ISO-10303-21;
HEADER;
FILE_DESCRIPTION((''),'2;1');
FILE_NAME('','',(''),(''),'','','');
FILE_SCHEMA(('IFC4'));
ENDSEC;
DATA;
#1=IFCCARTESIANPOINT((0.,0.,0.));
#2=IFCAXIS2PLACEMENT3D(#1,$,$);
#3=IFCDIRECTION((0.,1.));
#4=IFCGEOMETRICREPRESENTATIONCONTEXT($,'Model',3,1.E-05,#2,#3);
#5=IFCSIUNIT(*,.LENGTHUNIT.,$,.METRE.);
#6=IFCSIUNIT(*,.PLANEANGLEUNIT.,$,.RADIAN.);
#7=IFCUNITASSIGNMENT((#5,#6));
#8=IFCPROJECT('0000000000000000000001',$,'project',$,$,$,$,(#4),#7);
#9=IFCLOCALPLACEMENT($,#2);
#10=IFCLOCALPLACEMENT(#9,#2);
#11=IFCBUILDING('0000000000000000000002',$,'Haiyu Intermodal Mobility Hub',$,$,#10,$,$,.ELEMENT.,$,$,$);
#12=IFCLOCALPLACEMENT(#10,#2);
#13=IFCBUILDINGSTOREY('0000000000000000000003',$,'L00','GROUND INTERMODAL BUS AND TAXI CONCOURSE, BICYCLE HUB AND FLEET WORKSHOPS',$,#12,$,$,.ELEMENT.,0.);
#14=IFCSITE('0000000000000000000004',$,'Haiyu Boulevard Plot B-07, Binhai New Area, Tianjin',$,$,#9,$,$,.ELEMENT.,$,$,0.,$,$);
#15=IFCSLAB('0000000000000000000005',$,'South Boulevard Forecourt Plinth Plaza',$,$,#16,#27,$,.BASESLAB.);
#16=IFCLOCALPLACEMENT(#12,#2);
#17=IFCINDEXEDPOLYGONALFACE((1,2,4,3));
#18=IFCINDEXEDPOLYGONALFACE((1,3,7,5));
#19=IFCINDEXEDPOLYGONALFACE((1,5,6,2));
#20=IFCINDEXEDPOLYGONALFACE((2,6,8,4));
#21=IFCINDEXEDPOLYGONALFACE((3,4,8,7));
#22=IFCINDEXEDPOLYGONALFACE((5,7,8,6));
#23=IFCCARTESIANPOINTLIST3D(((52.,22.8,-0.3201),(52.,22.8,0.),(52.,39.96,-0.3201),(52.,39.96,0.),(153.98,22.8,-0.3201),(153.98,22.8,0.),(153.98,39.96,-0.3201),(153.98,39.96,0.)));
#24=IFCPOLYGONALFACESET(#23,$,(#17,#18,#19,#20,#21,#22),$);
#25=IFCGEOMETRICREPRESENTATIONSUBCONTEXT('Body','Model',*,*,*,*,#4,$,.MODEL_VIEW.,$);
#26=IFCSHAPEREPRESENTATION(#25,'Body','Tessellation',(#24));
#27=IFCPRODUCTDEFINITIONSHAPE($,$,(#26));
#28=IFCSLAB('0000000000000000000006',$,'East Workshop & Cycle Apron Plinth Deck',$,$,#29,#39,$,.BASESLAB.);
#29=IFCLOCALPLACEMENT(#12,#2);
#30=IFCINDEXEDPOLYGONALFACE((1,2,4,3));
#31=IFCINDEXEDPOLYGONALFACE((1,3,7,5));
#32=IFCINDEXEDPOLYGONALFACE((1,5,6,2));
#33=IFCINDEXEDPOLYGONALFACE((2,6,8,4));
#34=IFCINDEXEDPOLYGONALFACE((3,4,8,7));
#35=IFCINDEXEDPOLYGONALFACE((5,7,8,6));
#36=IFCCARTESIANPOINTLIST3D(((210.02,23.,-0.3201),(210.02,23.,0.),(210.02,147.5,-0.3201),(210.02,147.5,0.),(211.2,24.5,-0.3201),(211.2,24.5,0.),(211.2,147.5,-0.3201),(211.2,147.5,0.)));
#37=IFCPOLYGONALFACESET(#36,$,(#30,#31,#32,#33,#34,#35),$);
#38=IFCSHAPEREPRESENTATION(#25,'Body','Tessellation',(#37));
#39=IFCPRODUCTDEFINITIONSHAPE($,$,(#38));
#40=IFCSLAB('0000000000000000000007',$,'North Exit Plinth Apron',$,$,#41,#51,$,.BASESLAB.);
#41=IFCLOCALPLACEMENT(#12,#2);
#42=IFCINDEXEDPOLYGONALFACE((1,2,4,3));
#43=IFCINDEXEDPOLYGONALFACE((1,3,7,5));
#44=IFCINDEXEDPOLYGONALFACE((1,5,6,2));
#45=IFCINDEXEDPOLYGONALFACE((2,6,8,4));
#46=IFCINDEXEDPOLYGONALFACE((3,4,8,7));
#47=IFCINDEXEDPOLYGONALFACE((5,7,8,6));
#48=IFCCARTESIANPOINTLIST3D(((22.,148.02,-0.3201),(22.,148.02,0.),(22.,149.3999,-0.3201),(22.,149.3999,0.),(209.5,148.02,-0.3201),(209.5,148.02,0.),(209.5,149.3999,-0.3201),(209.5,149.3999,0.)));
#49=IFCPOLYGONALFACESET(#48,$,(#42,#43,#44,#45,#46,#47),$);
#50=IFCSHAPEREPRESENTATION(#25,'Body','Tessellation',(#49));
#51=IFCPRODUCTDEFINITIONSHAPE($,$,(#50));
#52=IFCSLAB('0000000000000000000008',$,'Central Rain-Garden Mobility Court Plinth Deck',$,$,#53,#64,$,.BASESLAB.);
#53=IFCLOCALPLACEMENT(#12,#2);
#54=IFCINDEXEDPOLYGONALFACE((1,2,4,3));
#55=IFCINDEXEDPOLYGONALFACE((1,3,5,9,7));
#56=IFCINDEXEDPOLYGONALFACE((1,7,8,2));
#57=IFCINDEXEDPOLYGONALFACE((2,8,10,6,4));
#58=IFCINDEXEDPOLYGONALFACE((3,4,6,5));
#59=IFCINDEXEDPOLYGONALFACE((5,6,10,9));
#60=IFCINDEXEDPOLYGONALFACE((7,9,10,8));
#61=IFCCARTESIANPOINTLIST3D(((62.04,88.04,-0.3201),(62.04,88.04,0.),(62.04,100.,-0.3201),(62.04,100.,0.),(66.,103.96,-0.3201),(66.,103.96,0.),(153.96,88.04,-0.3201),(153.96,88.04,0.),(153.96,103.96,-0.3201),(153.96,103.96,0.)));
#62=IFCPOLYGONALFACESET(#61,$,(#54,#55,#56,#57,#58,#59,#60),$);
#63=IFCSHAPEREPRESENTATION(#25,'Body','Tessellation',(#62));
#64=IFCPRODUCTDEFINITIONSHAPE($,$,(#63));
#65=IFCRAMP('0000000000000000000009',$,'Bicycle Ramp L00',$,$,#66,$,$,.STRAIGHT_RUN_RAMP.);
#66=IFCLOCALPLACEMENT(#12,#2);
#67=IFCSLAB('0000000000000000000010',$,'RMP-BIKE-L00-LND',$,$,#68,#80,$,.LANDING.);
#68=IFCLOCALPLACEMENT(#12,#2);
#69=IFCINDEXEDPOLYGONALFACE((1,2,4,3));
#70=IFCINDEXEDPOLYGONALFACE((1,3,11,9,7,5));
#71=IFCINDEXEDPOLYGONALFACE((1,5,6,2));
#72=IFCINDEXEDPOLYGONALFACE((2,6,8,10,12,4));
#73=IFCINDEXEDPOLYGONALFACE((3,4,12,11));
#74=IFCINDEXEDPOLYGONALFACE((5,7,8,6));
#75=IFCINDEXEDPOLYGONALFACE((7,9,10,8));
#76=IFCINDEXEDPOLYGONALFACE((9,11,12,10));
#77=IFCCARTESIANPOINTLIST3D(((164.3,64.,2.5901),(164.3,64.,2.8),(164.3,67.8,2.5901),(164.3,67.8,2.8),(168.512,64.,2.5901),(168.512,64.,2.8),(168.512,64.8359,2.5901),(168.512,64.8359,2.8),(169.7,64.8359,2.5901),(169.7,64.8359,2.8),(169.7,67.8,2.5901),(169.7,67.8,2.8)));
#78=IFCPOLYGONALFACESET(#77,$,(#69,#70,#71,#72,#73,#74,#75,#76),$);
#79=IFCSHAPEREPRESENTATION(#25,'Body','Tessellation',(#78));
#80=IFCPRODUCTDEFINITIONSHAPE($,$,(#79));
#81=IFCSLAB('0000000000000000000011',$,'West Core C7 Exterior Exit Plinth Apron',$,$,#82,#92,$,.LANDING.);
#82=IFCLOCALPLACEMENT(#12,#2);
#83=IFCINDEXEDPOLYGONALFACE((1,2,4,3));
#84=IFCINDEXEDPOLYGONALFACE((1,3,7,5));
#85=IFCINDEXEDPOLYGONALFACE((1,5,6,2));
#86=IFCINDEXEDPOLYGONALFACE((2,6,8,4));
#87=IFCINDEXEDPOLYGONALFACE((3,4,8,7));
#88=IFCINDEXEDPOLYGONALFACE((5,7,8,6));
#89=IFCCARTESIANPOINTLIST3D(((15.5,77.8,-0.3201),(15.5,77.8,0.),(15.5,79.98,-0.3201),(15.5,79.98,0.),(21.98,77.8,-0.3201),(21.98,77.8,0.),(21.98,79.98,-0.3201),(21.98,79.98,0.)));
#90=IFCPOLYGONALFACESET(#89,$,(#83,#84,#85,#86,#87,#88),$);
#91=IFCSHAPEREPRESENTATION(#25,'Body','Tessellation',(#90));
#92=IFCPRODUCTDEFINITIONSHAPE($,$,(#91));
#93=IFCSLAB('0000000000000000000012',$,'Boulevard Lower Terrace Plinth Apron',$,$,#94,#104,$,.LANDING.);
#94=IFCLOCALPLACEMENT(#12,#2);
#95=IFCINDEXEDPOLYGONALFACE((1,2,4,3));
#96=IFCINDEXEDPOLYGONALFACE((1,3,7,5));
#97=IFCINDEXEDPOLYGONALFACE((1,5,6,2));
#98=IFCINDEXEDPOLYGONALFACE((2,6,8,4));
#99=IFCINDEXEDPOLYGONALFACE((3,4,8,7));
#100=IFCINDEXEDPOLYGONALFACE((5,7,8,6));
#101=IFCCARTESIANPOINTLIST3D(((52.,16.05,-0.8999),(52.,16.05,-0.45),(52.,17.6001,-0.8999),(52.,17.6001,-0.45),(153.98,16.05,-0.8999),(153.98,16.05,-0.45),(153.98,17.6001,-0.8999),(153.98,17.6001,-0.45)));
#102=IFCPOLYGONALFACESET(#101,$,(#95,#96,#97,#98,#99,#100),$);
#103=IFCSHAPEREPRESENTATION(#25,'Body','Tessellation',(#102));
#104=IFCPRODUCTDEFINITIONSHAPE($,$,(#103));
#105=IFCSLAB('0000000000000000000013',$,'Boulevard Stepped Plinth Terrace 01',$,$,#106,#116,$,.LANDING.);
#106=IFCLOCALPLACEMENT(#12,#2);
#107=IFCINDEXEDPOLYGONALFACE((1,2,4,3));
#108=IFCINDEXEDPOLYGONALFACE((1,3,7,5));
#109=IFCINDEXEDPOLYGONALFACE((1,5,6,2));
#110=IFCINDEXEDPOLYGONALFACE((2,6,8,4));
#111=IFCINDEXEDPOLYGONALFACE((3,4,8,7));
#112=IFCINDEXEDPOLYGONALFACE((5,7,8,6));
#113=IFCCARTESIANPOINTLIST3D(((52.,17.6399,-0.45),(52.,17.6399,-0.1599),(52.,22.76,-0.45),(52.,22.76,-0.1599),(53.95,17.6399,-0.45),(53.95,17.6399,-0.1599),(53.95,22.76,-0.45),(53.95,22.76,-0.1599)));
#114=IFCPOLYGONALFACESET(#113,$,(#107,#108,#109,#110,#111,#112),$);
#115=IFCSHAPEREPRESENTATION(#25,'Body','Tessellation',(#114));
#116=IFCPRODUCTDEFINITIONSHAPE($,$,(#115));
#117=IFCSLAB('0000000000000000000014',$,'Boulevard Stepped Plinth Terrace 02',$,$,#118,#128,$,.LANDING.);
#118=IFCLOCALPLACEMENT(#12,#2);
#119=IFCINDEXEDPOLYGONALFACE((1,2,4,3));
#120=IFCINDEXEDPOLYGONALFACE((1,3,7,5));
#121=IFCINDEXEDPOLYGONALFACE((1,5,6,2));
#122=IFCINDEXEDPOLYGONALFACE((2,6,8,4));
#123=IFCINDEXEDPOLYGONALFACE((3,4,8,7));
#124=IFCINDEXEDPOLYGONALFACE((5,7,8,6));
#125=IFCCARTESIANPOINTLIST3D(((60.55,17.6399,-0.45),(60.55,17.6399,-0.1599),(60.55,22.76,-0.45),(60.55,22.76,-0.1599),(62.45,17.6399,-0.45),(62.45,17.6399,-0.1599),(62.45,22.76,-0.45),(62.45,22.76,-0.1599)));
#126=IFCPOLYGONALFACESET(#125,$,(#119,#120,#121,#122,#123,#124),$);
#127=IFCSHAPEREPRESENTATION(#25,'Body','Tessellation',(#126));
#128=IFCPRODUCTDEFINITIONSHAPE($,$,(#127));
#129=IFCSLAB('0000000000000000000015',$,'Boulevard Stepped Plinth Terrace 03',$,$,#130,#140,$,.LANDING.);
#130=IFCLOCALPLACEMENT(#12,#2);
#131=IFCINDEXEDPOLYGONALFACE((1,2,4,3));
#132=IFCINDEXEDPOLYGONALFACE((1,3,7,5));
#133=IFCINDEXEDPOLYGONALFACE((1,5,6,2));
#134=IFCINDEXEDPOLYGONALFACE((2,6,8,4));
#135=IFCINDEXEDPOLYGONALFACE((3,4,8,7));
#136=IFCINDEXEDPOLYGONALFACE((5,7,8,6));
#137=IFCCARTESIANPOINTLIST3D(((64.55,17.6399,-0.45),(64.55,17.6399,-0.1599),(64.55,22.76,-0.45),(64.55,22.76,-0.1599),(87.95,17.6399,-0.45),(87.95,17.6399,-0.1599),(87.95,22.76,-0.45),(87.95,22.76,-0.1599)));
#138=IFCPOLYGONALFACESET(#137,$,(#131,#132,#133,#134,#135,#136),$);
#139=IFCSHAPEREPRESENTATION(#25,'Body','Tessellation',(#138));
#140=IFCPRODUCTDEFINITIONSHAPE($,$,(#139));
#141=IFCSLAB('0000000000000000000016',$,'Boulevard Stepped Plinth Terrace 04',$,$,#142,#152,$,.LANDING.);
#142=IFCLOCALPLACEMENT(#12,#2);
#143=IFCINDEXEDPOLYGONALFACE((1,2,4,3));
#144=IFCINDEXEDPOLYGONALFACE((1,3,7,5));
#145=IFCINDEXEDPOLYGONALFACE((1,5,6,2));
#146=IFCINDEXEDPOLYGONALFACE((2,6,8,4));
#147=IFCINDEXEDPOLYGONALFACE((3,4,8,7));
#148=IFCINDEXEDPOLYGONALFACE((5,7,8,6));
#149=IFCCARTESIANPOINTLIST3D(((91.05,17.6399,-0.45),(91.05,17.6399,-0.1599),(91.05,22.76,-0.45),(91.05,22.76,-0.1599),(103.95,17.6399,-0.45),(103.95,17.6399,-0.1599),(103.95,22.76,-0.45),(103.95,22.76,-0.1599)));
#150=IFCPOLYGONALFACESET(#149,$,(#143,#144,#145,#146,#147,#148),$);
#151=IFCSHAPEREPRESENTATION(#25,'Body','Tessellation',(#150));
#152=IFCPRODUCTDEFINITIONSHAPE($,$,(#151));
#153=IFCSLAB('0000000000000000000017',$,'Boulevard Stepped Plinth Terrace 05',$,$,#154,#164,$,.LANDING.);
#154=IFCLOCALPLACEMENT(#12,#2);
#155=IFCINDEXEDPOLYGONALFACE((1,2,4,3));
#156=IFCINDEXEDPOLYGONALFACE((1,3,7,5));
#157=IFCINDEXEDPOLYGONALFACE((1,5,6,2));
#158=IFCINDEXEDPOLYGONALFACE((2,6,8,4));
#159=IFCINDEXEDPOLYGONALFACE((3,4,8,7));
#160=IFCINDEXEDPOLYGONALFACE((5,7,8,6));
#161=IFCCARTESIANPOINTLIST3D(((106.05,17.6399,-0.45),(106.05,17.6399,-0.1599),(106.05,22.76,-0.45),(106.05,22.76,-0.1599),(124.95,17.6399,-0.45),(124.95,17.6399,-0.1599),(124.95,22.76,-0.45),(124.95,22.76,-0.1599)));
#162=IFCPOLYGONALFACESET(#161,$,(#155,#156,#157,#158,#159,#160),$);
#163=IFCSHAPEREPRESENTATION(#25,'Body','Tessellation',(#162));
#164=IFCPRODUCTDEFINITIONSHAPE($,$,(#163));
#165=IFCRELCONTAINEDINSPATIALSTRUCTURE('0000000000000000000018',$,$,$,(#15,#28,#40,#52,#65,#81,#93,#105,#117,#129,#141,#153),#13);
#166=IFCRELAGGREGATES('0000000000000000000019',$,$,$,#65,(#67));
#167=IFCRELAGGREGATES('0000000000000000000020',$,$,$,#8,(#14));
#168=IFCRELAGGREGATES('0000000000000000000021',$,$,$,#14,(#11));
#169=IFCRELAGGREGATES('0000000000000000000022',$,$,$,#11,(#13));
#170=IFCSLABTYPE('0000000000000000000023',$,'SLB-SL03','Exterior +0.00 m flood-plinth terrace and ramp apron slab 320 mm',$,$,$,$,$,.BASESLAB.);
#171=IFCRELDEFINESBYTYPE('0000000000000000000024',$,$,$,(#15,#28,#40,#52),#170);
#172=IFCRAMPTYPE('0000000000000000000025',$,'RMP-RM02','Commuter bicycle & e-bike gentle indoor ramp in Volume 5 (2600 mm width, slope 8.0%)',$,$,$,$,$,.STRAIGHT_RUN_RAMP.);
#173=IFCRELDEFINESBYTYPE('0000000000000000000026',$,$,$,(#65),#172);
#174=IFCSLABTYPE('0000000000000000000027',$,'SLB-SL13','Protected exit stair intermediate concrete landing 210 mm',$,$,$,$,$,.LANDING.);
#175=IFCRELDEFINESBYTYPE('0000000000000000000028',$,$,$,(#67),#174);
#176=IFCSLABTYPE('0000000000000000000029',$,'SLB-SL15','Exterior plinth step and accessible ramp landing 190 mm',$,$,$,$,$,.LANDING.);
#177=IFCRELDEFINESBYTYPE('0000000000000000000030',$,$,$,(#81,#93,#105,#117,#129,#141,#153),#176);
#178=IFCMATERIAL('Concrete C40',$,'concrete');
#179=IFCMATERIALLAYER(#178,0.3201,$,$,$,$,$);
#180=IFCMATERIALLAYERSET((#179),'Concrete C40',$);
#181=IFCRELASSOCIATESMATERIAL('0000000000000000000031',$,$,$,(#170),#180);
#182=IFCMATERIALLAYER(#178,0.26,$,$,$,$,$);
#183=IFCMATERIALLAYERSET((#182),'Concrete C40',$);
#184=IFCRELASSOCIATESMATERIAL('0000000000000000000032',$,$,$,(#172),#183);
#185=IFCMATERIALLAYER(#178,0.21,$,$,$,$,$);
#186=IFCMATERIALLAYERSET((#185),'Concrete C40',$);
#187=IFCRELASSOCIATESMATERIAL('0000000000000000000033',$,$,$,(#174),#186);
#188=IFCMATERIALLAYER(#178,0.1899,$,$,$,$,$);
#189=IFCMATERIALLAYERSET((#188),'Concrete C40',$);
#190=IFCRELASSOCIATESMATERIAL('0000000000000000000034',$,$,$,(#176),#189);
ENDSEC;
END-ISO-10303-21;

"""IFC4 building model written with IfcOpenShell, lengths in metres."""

from ifc_helpers import new_model, si_unit, direction, frame, origin, place, context, subcontext, project, spatial, polyline, outline, extrude, material, layer, layer_set, type_object, element, aggregate, save


model = new_model("IFC4")

# Units and contexts
model_context = context("Model", 3, precision=1e-05, world=origin(), true_north=direction((0.0, 1.0)))
body_context = subcontext(model_context, "Body", "Model", "MODEL_VIEW")
ifc_project = project(units=[si_unit("LENGTHUNIT", "METRE"), si_unit("PLANEANGLEUNIT", "RADIAN")], contexts=[model_context])

# Site, building, storey
site_placement = place(None, origin())
site = spatial("IfcSite", under=ifc_project, at=site_placement, Name="Haiyu Boulevard Plot B-07, Binhai New Area, Tianjin", CompositionType="ELEMENT", RefElevation=0.0)
building_placement = place(site_placement, origin())
building = spatial("IfcBuilding", under=site, at=building_placement, Name="Haiyu Intermodal Mobility Hub", CompositionType="ELEMENT")
storey_placement = place(building_placement, origin())
storey = spatial("IfcBuildingStorey", under=building, at=storey_placement, Name="L00", Description="GROUND INTERMODAL BUS AND TAXI CONCOURSE, BICYCLE HUB AND FLEET WORKSHOPS", CompositionType="ELEMENT", Elevation=0.0)

# Slabs
ifc_material = material(Name="Concrete C40", Category="concrete")
ifc_layer_1 = layer(ifc_material, 0.3201)
ifc_layer_set_1 = layer_set([ifc_layer_1], Name="Concrete C40")
slab_type_1 = type_object("IfcSlabType", Name="SLB-SL03", Description="Exterior +0.00 m flood-plinth terrace and ramp apron slab 320 mm", PredefinedType="BASESLAB", material=ifc_layer_set_1)
slab_1_placement = place(storey_placement, frame((0.0, 0.0, -0.3201)))
element("IfcSlab", 1, at=slab_1_placement, inside=storey, type_object=slab_type_1, Name="South Boulevard Forecourt Plinth Plaza", PredefinedType="BASESLAB", context=body_context, shape_type="SweptSolid", body=[
    extrude(outline(polyline([(52.0, 22.8), (153.98, 22.8), (153.98, 39.96), (52.0, 39.96), (52.0, 22.8)])), origin(), (0.0, 0.0, 1.0), 0.3201),
])
slab_2_placement = place(storey_placement, frame((0.0, 0.0, -0.3201)))
element("IfcSlab", 2, at=slab_2_placement, inside=storey, type_object=slab_type_1, Name="East Workshop & Cycle Apron Plinth Deck", PredefinedType="BASESLAB", context=body_context, shape_type="SweptSolid", body=[
    extrude(outline(polyline([(210.02, 23.0), (211.2, 24.5), (211.2, 147.5), (210.02, 147.5), (210.02, 23.0)])), origin(), (0.0, 0.0, 1.0), 0.3201),
])
slab_3_placement = place(storey_placement, frame((0.0, 0.0, -0.3201)))
element("IfcSlab", 3, at=slab_3_placement, inside=storey, type_object=slab_type_1, Name="North Exit Plinth Apron", PredefinedType="BASESLAB", context=body_context, shape_type="SweptSolid", body=[
    extrude(outline(polyline([(22.0, 148.02), (209.5, 148.02), (209.5, 149.3999), (22.0, 149.3999), (22.0, 148.02)])), origin(), (0.0, 0.0, 1.0), 0.3201),
])
slab_4_placement = place(storey_placement, frame((0.0, 0.0, -0.3201)))
element("IfcSlab", 4, at=slab_4_placement, inside=storey, type_object=slab_type_1, Name="Central Rain-Garden Mobility Court Plinth Deck", PredefinedType="BASESLAB", context=body_context, shape_type="SweptSolid", body=[
    extrude(outline(polyline([(62.04, 88.04), (153.96, 88.04), (153.96, 103.96), (66.0, 103.96), (62.04, 100.0), (62.04, 88.04)])), origin(), (0.0, 0.0, 1.0), 0.3201),
])

# Ramp, slab
ifc_layer_2 = layer(ifc_material, 0.26)
ifc_layer_set_2 = layer_set([ifc_layer_2], Name="Concrete C40")
ramp_type = type_object("IfcRampType", Name="RMP-RM02", Description="Commuter bicycle & e-bike gentle indoor ramp in Volume 5 (2600 mm width, slope 8.0%)", PredefinedType="STRAIGHT_RUN_RAMP", material=ifc_layer_set_2)
ramp_placement = place(storey_placement, origin())
ramp = element("IfcRamp", 5, at=ramp_placement, inside=storey, type_object=ramp_type, Name="Bicycle Ramp L00", PredefinedType="STRAIGHT_RUN_RAMP")
ifc_layer_3 = layer(ifc_material, 0.21)
ifc_layer_set_3 = layer_set([ifc_layer_3], Name="Concrete C40")
slab_type_2 = type_object("IfcSlabType", Name="SLB-SL13", Description="Protected exit stair intermediate concrete landing 210 mm", PredefinedType="LANDING", material=ifc_layer_set_3)
slab_5_placement = place(storey_placement, frame((0.0, 0.0, 2.5901)))
slab_5 = element("IfcSlab", 6, at=slab_5_placement, type_object=slab_type_2, Name="RMP-BIKE-L00-LND", PredefinedType="LANDING", context=body_context, shape_type="SweptSolid", body=[
    extrude(outline(polyline([(164.3, 64.0), (168.512, 64.0), (168.512, 64.8359), (169.7, 64.8359), (169.7, 67.8), (164.3, 67.8), (164.3, 64.0)])), origin(), (0.0, 0.0, 1.0), 0.21),
])
aggregate(ramp, [slab_5])

# Slabs
ifc_layer_4 = layer(ifc_material, 0.1899)
ifc_layer_set_4 = layer_set([ifc_layer_4], Name="Concrete C40")
slab_type_3 = type_object("IfcSlabType", Name="SLB-SL15", Description="Exterior plinth step and accessible ramp landing 190 mm", PredefinedType="LANDING", material=ifc_layer_set_4)
slab_6_placement = place(storey_placement, frame((0.0, 0.0, -0.3201)))
element("IfcSlab", 7, at=slab_6_placement, inside=storey, type_object=slab_type_3, Name="West Core C7 Exterior Exit Plinth Apron", PredefinedType="LANDING", context=body_context, shape_type="SweptSolid", body=[
    extrude(outline(polyline([(15.5, 77.8), (21.98, 77.8), (21.98, 79.98), (15.5, 79.98), (15.5, 77.8)])), origin(), (0.0, 0.0, 1.0), 0.3201),
])
slab_7_placement = place(storey_placement, frame((0.0, 0.0, -0.8999)))
element("IfcSlab", 8, at=slab_7_placement, inside=storey, type_object=slab_type_3, Name="Boulevard Lower Terrace Plinth Apron", PredefinedType="LANDING", context=body_context, shape_type="SweptSolid", body=[
    extrude(outline(polyline([(52.0, 16.05), (153.98, 16.05), (153.98, 17.6001), (52.0, 17.6001), (52.0, 16.05)])), origin(), (0.0, 0.0, 1.0), 0.45),
])
slab_8_placement = place(storey_placement, frame((0.0, 0.0, -0.45)))
element("IfcSlab", 9, at=slab_8_placement, inside=storey, type_object=slab_type_3, Name="Boulevard Stepped Plinth Terrace 01", PredefinedType="LANDING", context=body_context, shape_type="SweptSolid", body=[
    extrude(outline(polyline([(52.0, 17.6399), (53.95, 17.6399), (53.95, 22.76), (52.0, 22.76), (52.0, 17.6399)])), origin(), (0.0, 0.0, 1.0), 0.29),
])
slab_9_placement = place(storey_placement, frame((0.0, 0.0, -0.45)))
element("IfcSlab", 10, at=slab_9_placement, inside=storey, type_object=slab_type_3, Name="Boulevard Stepped Plinth Terrace 02", PredefinedType="LANDING", context=body_context, shape_type="SweptSolid", body=[
    extrude(outline(polyline([(60.55, 17.6399), (62.45, 17.6399), (62.45, 22.76), (60.55, 22.76), (60.55, 17.6399)])), origin(), (0.0, 0.0, 1.0), 0.29),
])
slab_10_placement = place(storey_placement, frame((0.0, 0.0, -0.45)))
element("IfcSlab", 11, at=slab_10_placement, inside=storey, type_object=slab_type_3, Name="Boulevard Stepped Plinth Terrace 03", PredefinedType="LANDING", context=body_context, shape_type="SweptSolid", body=[
    extrude(outline(polyline([(64.55, 17.6399), (87.95, 17.6399), (87.95, 22.76), (64.55, 22.76), (64.55, 17.6399)])), origin(), (0.0, 0.0, 1.0), 0.29),
])
slab_11_placement = place(storey_placement, frame((0.0, 0.0, -0.45)))
element("IfcSlab", 12, at=slab_11_placement, inside=storey, type_object=slab_type_3, Name="Boulevard Stepped Plinth Terrace 04", PredefinedType="LANDING", context=body_context, shape_type="SweptSolid", body=[
    extrude(outline(polyline([(91.05, 17.6399), (103.95, 17.6399), (103.95, 22.76), (91.05, 22.76), (91.05, 17.6399)])), origin(), (0.0, 0.0, 1.0), 0.29),
])
slab_12_placement = place(storey_placement, frame((0.0, 0.0, -0.45)))
element("IfcSlab", 13, at=slab_12_placement, inside=storey, type_object=slab_type_3, Name="Boulevard Stepped Plinth Terrace 05", PredefinedType="LANDING", context=body_context, shape_type="SweptSolid", body=[
    extrude(outline(polyline([(106.05, 17.6399), (124.95, 17.6399), (124.95, 22.76), (106.05, 22.76), (106.05, 17.6399)])), origin(), (0.0, 0.0, 1.0), 0.29),
])

save(model, "model.ifc")
